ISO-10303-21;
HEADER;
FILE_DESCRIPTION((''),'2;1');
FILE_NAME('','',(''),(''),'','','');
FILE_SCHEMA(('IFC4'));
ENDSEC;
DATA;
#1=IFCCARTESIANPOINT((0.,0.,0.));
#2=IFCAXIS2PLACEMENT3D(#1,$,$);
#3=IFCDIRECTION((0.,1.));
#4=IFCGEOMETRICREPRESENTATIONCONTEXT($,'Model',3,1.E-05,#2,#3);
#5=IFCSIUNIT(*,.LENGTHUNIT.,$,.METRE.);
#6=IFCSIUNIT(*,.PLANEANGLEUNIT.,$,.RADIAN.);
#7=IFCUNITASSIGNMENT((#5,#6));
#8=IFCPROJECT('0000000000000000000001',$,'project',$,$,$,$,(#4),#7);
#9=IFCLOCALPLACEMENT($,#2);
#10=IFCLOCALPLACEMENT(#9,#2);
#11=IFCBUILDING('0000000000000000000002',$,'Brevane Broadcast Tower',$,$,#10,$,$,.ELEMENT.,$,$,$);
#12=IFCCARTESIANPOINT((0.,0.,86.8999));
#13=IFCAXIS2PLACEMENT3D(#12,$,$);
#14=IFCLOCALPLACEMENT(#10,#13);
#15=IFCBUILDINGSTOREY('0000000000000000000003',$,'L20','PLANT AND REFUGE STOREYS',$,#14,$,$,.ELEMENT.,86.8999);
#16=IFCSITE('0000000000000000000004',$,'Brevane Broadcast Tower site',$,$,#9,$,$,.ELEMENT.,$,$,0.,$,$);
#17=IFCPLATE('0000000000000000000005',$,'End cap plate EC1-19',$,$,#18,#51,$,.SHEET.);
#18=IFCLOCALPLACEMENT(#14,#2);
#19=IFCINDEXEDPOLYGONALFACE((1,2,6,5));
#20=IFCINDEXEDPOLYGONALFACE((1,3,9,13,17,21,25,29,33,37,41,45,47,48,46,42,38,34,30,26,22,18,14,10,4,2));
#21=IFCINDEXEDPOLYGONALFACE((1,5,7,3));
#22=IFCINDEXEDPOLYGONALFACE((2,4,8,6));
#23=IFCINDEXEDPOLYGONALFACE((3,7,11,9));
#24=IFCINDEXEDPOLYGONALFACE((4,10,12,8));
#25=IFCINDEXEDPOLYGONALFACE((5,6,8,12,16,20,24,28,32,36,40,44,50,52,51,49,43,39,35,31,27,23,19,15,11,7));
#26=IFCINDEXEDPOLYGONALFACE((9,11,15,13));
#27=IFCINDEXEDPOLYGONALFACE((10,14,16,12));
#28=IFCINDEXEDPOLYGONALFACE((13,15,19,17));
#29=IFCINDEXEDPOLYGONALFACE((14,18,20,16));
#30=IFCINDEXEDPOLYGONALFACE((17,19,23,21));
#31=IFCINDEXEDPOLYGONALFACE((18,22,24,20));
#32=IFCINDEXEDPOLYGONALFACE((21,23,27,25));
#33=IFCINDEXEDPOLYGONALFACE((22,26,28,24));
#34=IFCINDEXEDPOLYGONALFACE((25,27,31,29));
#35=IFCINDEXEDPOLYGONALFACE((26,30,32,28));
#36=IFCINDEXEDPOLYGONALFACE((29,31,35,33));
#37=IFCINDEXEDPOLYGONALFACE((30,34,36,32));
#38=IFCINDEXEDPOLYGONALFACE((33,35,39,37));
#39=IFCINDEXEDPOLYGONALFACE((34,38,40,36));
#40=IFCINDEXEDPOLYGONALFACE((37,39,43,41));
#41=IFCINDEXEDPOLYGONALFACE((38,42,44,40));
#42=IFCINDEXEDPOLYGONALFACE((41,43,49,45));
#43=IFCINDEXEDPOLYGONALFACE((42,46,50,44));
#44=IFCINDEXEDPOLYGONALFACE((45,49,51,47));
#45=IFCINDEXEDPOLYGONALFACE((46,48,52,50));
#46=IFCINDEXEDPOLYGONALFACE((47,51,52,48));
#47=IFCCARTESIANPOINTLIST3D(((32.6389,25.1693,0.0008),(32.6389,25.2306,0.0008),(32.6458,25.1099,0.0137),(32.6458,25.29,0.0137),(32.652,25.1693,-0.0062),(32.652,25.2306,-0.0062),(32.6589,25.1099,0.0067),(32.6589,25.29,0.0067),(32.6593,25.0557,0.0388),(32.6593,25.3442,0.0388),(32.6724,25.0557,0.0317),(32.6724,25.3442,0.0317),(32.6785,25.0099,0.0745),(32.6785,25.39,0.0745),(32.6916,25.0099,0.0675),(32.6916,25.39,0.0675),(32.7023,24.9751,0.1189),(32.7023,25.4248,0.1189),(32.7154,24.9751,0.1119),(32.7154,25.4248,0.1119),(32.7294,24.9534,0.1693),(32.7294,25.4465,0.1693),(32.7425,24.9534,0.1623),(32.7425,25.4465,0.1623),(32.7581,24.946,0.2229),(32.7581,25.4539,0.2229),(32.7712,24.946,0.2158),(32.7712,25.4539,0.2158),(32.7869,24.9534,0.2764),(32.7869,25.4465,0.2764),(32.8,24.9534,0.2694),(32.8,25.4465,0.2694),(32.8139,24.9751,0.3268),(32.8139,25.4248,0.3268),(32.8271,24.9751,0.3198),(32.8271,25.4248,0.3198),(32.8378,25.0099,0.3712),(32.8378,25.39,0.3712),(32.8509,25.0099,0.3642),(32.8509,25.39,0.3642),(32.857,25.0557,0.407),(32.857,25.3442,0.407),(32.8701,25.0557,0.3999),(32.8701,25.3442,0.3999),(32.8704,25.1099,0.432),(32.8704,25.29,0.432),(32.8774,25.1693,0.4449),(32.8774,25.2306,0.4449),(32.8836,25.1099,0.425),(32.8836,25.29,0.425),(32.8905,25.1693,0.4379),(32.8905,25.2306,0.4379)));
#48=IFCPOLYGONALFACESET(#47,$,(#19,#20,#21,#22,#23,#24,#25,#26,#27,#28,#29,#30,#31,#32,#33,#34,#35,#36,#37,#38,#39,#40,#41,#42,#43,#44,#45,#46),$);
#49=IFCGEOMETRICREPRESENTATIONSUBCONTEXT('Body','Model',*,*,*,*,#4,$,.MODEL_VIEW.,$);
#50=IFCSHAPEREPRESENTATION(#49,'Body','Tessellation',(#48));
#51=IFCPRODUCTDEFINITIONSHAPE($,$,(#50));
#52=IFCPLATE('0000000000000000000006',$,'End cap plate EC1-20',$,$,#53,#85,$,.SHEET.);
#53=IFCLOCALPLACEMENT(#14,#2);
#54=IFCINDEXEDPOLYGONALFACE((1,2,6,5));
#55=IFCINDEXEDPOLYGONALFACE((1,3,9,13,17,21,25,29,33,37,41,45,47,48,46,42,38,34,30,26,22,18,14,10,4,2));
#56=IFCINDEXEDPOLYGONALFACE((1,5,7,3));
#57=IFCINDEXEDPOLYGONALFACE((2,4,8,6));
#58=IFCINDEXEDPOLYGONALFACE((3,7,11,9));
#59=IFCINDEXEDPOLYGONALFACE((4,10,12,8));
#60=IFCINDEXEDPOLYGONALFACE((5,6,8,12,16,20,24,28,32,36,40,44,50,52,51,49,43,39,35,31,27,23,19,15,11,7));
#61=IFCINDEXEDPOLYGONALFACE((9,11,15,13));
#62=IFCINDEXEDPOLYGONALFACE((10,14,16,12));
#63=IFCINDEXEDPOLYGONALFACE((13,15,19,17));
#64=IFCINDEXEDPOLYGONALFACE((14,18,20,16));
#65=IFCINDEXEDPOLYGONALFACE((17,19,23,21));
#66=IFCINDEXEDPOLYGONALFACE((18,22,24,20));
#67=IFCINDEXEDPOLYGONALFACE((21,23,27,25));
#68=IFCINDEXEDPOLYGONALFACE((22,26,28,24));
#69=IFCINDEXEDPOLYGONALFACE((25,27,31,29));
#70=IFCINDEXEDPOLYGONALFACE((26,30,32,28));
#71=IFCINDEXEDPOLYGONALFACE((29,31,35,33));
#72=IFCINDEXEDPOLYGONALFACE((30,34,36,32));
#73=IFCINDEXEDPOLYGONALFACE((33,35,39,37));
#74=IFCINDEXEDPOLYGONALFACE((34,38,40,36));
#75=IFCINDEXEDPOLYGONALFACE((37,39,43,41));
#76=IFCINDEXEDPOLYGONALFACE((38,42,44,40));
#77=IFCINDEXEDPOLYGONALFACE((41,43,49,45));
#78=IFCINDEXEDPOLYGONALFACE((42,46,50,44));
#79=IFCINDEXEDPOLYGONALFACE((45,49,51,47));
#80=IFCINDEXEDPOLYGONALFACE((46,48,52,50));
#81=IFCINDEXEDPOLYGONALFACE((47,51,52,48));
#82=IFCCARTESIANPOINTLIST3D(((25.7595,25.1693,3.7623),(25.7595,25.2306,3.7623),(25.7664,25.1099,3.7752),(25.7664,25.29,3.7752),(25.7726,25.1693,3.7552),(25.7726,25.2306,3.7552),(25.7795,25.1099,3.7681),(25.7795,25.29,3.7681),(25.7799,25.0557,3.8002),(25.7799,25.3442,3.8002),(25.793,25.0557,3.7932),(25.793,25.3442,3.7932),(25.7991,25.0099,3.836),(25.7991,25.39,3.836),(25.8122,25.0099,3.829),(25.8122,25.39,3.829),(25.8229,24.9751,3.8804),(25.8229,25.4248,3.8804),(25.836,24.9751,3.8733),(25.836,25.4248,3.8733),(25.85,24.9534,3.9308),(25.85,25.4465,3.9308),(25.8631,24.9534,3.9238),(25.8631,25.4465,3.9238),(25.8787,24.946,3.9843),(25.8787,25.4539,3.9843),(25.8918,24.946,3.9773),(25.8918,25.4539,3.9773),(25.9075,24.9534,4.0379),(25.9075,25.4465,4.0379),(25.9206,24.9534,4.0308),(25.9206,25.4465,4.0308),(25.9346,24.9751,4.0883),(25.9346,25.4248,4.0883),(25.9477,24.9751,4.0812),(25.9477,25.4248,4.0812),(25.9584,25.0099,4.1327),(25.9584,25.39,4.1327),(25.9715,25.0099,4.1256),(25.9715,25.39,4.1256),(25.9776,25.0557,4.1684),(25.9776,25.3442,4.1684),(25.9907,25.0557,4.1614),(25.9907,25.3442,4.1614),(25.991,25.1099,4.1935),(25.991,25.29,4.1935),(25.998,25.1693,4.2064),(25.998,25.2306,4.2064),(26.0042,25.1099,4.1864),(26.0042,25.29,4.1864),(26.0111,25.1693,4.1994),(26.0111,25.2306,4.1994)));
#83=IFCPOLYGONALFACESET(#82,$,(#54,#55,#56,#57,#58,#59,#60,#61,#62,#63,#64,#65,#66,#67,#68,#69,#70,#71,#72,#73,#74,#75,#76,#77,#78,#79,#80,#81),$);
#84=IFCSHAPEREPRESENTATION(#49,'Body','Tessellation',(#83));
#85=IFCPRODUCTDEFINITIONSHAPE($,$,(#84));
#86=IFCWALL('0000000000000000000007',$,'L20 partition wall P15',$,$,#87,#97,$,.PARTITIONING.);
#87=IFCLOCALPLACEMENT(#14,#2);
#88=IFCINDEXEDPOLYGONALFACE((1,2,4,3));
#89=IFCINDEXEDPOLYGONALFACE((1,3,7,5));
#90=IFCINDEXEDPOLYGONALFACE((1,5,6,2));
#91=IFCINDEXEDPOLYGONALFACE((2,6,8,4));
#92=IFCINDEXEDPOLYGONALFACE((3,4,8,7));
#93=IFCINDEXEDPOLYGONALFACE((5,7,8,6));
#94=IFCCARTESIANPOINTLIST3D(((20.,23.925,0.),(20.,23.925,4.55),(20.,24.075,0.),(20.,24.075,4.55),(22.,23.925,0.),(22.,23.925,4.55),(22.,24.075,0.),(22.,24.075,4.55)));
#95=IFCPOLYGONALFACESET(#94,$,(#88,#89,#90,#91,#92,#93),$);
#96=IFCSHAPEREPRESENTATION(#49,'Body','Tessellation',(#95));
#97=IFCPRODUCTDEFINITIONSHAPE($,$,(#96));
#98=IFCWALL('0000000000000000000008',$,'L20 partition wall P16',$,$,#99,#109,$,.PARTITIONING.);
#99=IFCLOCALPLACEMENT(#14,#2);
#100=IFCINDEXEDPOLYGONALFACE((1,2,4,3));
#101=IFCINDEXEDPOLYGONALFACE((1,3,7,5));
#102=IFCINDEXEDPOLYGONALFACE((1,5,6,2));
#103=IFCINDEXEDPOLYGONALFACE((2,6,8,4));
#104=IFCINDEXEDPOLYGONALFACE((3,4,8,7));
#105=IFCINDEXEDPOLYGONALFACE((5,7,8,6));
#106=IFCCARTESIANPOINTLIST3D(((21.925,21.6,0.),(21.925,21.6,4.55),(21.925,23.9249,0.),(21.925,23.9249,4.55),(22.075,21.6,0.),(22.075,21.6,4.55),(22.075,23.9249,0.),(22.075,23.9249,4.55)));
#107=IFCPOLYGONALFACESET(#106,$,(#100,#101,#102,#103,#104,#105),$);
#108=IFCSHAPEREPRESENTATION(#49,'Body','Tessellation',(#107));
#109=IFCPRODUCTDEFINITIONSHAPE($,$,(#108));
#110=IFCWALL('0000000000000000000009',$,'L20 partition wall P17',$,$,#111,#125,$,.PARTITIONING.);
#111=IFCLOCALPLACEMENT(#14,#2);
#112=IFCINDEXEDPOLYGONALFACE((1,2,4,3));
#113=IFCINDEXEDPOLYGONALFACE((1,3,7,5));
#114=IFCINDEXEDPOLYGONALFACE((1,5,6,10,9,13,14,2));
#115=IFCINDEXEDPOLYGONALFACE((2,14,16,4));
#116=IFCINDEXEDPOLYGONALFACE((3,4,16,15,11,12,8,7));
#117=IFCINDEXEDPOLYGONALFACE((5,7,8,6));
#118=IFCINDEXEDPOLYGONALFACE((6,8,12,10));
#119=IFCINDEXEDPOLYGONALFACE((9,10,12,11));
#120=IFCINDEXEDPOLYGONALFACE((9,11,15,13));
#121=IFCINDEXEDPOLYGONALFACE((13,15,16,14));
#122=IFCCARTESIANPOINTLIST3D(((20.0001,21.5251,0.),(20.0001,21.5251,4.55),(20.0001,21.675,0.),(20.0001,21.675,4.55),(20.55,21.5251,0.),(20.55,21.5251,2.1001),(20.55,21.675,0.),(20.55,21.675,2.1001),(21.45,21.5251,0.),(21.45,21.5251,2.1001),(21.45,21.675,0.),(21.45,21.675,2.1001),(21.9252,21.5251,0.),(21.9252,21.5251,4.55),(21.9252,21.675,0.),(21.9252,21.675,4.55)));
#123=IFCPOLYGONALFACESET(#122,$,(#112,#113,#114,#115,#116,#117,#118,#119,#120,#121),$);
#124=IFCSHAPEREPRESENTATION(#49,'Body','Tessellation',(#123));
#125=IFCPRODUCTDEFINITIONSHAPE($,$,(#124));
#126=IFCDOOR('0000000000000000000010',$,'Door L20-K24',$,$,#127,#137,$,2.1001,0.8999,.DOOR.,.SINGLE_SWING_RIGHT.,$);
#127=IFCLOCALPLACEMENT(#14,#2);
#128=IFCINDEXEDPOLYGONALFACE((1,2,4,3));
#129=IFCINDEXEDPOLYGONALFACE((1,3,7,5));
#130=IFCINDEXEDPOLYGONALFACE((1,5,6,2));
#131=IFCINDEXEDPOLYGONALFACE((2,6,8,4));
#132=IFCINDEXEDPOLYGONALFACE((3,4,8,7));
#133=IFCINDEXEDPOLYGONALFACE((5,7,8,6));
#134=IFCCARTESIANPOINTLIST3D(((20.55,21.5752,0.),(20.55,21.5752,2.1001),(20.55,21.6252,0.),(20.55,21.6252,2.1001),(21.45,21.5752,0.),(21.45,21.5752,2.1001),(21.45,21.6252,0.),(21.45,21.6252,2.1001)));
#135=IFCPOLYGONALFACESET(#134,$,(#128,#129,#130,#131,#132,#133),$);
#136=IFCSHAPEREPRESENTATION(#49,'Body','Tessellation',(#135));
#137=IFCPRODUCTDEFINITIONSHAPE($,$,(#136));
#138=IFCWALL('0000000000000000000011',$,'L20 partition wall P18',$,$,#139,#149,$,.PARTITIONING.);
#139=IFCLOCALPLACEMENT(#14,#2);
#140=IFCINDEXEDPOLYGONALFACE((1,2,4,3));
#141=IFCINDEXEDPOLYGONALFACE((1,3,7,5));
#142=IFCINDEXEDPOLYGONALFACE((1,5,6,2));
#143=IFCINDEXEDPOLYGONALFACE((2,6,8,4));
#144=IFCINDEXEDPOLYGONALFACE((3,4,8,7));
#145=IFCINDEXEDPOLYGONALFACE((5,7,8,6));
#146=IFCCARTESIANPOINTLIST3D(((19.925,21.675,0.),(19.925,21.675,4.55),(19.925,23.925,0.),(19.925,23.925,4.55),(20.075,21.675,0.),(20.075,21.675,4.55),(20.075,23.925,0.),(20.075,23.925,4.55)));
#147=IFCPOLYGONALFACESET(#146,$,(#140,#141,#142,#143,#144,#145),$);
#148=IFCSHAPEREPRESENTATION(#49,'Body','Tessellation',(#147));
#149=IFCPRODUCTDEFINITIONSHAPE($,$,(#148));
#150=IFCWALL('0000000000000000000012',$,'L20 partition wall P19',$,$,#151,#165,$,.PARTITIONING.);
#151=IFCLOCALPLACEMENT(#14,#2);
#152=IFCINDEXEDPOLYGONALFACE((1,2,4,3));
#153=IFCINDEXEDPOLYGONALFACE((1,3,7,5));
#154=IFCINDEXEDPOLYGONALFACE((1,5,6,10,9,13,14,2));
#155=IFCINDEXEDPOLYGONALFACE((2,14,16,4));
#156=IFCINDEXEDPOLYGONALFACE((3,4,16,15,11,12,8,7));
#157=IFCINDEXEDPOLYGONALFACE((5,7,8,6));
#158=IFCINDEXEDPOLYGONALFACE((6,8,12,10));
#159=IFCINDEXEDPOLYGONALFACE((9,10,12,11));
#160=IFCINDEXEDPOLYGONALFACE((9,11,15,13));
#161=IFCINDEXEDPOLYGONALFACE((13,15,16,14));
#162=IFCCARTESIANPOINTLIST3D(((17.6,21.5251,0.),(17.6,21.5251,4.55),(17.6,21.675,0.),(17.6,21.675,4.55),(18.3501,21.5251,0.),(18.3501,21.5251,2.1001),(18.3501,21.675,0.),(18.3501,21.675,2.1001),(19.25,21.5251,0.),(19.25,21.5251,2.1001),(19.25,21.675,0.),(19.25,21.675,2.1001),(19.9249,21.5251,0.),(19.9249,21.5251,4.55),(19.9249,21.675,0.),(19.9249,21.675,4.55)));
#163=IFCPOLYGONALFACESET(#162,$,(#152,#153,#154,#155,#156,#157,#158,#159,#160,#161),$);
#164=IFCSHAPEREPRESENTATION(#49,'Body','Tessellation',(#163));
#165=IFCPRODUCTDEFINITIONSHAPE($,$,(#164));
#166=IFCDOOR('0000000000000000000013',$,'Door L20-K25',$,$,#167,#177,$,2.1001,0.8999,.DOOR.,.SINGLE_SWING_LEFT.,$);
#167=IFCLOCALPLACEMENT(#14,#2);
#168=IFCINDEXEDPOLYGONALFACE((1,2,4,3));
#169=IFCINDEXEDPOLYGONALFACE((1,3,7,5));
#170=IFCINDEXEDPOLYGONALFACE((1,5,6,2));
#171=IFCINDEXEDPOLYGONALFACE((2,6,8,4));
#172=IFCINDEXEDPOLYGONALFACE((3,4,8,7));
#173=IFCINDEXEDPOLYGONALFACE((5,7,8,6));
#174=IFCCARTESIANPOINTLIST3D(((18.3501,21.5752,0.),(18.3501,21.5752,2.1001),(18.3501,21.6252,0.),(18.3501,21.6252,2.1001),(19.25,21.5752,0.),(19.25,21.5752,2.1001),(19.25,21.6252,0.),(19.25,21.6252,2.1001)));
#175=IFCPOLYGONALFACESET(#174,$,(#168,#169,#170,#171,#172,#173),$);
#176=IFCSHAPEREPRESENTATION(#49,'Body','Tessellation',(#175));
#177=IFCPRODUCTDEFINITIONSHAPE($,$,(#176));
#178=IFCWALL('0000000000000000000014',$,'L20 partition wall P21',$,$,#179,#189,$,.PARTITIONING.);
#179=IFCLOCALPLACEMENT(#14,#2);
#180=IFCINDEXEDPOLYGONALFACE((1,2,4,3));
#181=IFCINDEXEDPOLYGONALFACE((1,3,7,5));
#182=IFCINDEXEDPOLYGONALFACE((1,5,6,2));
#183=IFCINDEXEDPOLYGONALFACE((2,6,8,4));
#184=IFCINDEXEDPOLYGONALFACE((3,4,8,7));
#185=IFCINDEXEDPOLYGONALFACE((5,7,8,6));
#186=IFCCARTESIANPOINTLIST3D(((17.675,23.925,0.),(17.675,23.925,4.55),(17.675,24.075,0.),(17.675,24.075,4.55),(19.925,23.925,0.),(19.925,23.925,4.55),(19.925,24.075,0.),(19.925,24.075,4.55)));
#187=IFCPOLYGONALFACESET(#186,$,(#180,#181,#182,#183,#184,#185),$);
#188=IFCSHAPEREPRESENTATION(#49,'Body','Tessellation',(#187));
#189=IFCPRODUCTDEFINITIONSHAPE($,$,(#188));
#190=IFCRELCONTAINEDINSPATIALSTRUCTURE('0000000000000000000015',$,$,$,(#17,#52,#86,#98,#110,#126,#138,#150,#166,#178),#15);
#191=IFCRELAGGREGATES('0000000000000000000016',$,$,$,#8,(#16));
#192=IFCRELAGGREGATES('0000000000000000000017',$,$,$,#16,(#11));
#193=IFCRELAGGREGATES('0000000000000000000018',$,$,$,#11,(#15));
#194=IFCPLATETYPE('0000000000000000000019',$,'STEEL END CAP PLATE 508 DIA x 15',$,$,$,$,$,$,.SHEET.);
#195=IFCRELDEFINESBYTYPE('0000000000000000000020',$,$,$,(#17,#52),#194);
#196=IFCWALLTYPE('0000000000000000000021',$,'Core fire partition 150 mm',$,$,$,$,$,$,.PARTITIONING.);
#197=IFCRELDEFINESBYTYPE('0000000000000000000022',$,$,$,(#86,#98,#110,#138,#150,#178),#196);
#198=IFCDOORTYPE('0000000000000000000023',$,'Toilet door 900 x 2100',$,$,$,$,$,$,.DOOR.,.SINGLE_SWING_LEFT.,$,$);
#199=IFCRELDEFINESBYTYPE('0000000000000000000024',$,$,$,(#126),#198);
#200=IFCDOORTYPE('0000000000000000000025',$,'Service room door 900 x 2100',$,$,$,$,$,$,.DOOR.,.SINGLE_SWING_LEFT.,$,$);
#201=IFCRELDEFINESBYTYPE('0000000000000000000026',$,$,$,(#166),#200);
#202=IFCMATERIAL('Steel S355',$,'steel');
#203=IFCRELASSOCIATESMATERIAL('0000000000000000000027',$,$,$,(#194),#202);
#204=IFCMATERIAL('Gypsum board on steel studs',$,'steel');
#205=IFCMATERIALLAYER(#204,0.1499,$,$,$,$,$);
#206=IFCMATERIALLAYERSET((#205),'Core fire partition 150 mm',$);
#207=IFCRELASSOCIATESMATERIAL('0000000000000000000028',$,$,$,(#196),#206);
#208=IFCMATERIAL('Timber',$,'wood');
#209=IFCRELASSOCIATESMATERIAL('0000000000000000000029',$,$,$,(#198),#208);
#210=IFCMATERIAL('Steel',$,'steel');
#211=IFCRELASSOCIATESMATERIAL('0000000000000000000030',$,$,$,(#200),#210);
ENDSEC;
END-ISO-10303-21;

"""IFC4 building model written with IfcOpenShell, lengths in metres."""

from ifc_helpers import new_model, si_unit, direction, frame, frame_2d, origin, origin_2d, place, context, subcontext, project, spatial, rectangle, circle, extrude, material, layer, layer_set, material_profile, profile_set, type_object, element, fill, save


model = new_model("IFC4")

# Units and contexts
model_context = context("Model", 3, precision=1e-05, world=origin(), true_north=direction((0.0, 1.0)))
body_context = subcontext(model_context, "Body", "Model", "MODEL_VIEW")
ifc_project = project(units=[si_unit("LENGTHUNIT", "METRE"), si_unit("PLANEANGLEUNIT", "RADIAN")], contexts=[model_context])

# Site, building, storey
site_placement = place(None, origin())
site = spatial("IfcSite", under=ifc_project, at=site_placement, Name="Brevane Broadcast Tower site", CompositionType="ELEMENT", RefElevation=0.0)
building_placement = place(site_placement, origin())
building = spatial("IfcBuilding", under=site, at=building_placement, Name="Brevane Broadcast Tower", CompositionType="ELEMENT")
storey_placement = place(building_placement, frame((0.0, 0.0, 86.8999)))
storey = spatial("IfcBuildingStorey", under=building, at=storey_placement, Name="L20", Description="PLANT AND REFUGE STOREYS", CompositionType="ELEMENT", Elevation=86.8999)

# Shared definitions
ifc_material_1 = material(Name="Steel S355", Category="steel")

# Plates
ifc_material_profile_1 = material_profile(ifc_material_1, circle(Radius=0.2539, at=origin_2d()), Name="PL 508 DIA x 15")
ifc_profile_set_1 = profile_set([ifc_material_profile_1], Name="Steel S355")
plate_type = type_object("IfcPlateType", Name="STEEL END CAP PLATE 508 DIA x 15", PredefinedType="SHEET", material=ifc_profile_set_1)
for number, where, z_axis, x_axis, name in (
    (1, (32.7712, 25.2, 0.2158), (-0.880994, 0.0, 0.473127), (0.0, -1.0, 0.0), "End cap plate EC1-19"),
    (2, (25.8918, 25.2, 3.9773), (-0.880994, 0.0, 0.473127), (0.0, -1.0, 0.0), "End cap plate EC1-20"),
):
    element("IfcPlate", number, at=place(storey_placement, frame(where, z_axis=z_axis, x_axis=x_axis)), inside=storey, type_object=plate_type, Name=name, PredefinedType="SHEET", context=body_context, shape_type="SweptSolid", body=[
        extrude(circle(Radius=0.2539, at=origin_2d()), origin(), (0.0, 0.0, 1.0), 0.0149),
    ])

# Walls
ifc_material_2 = material(Name="Gypsum board on steel studs", Category="steel")
ifc_layer_1 = layer(ifc_material_2, 0.1499)
ifc_layer_set_1 = layer_set([ifc_layer_1], Name="Core fire partition 150 mm")
wall_type_1 = type_object("IfcWallType", Name="Core fire partition 150 mm", PredefinedType="PARTITIONING", material=ifc_layer_set_1)
wall_1_placement = place(storey_placement, frame((20.0, 24.0, 0.0), z_axis=(0.0, 0.0, 1.0), x_axis=(1.0, 0.0, 0.0)))
element("IfcWall", 3, at=wall_1_placement, inside=storey, type_object=wall_type_1, Name="L20 partition wall P15", PredefinedType="PARTITIONING", context=body_context, shape_type="SweptSolid", body=[
    extrude(rectangle(XDim=2.0, YDim=0.1499, at=frame_2d((1.0, 0.0))), origin(), (0.0, 0.0, 1.0), 4.55),
])
wall_2_placement = place(storey_placement, frame((22.0, 23.925, 0.0), z_axis=(0.0, 0.0, 1.0), x_axis=(0.0, -1.0, 0.0)))
element("IfcWall", 4, at=wall_2_placement, inside=storey, type_object=wall_type_1, Name="L20 partition wall P16", PredefinedType="PARTITIONING", context=body_context, shape_type="SweptSolid", body=[
    extrude(rectangle(XDim=2.325, YDim=0.1499, at=frame_2d((1.1626, 0.0))), origin(), (0.0, 0.0, 1.0), 4.55),
])

# Wall, opening, door
wall_3_placement = place(storey_placement, frame((21.925, 21.6001, 0.0), z_axis=(0.0, 0.0, 1.0), x_axis=(-1.0, 0.0, 0.0)))
wall_3 = element("IfcWall", 5, at=wall_3_placement, inside=storey, type_object=wall_type_1, Name="L20 partition wall P17", PredefinedType="PARTITIONING", context=body_context, shape_type="SweptSolid", body=[
    extrude(rectangle(XDim=1.925, YDim=0.1499, at=frame_2d((0.9624, 0.0))), origin(), (0.0, 0.0, 1.0), 4.55),
])
opening_1_placement = place(wall_3_placement, frame((0.4751, 0.0, 0.0)))
opening_1 = element("IfcOpeningElement", 6, at=opening_1_placement, cuts=wall_3, PredefinedType="OPENING", context=body_context, shape_type="SweptSolid", body=[
    extrude(rectangle(XDim=0.8999, YDim=2.1001, at=frame_2d((0.45, 1.05))), frame((0.0, 0.085, 0.0), z_axis=(0.0, -1.0, 0.0), x_axis=(1.0, 0.0, 0.0)), (0.0, 0.0, 1.0), 0.1699),
])
ifc_material_3 = material(Name="Timber", Category="wood")
door_type_1 = type_object("IfcDoorType", Name="Toilet door 900 x 2100", OperationType="SINGLE_SWING_LEFT", PredefinedType="DOOR", material=ifc_material_3)
door_1_placement = place(opening_1_placement, origin())
door_1 = element("IfcDoor", 7, at=door_1_placement, inside=storey, type_object=door_type_1, Name="Door L20-K24", OperationType="SINGLE_SWING_RIGHT", OverallHeight=2.1001, OverallWidth=0.8999, PredefinedType="DOOR", context=body_context, shape_type="SweptSolid", body=[
    extrude(rectangle(XDim=0.8999, YDim=2.1001, at=frame_2d((0.45, 1.05))), frame((0.0, 0.0249, 0.0), z_axis=(0.0, -1.0, 0.0), x_axis=(1.0, 0.0, 0.0)), (0.0, 0.0, 1.0), 0.05),
])
fill(opening_1, door_1)

# Wall
wall_4_placement = place(storey_placement, frame((20.0, 21.675, 0.0), z_axis=(0.0, 0.0, 1.0), x_axis=(0.0, 1.0, 0.0)))
element("IfcWall", 8, at=wall_4_placement, inside=storey, type_object=wall_type_1, Name="L20 partition wall P18", PredefinedType="PARTITIONING", context=body_context, shape_type="SweptSolid", body=[
    extrude(rectangle(XDim=2.25, YDim=0.1499, at=frame_2d((1.125, 0.0))), origin(), (0.0, 0.0, 1.0), 4.55),
])

# Wall, opening, door
wall_5_placement = place(storey_placement, frame((19.925, 21.6001, 0.0), z_axis=(0.0, 0.0, 1.0), x_axis=(-1.0, 0.0, 0.0)))
wall_5 = element("IfcWall", 9, at=wall_5_placement, inside=storey, type_object=wall_type_1, Name="L20 partition wall P19", PredefinedType="PARTITIONING", context=body_context, shape_type="SweptSolid", body=[
    extrude(rectangle(XDim=2.325, YDim=0.1499, at=frame_2d((1.1626, 0.0))), origin(), (0.0, 0.0, 1.0), 4.55),
])
opening_2_placement = place(wall_5_placement, frame((0.675, 0.0, 0.0)))
opening_2 = element("IfcOpeningElement", 10, at=opening_2_placement, cuts=wall_5, PredefinedType="OPENING", context=body_context, shape_type="SweptSolid", body=[
    extrude(rectangle(XDim=0.8999, YDim=2.1001, at=frame_2d((0.45, 1.05))), frame((0.0, 0.085, 0.0), z_axis=(0.0, -1.0, 0.0), x_axis=(1.0, 0.0, 0.0)), (0.0, 0.0, 1.0), 0.1699),
])
ifc_material_4 = material(Name="Steel", Category="steel")
door_type_2 = type_object("IfcDoorType", Name="Service room door 900 x 2100", OperationType="SINGLE_SWING_LEFT", PredefinedType="DOOR", material=ifc_material_4)
door_2_placement = place(opening_2_placement, origin())
door_2 = element("IfcDoor", 11, at=door_2_placement, inside=storey, type_object=door_type_2, Name="Door L20-K25", OperationType="SINGLE_SWING_LEFT", OverallHeight=2.1001, OverallWidth=0.8999, PredefinedType="DOOR", context=body_context, shape_type="SweptSolid", body=[
    extrude(rectangle(XDim=0.8999, YDim=2.1001, at=frame_2d((0.45, 1.05))), frame((0.0, 0.0249, 0.0), z_axis=(0.0, -1.0, 0.0), x_axis=(1.0, 0.0, 0.0)), (0.0, 0.0, 1.0), 0.05),
])
fill(opening_2, door_2)

# Wall
wall_6_placement = place(storey_placement, frame((17.675, 24.0, 0.0), z_axis=(0.0, 0.0, 1.0), x_axis=(1.0, 0.0, 0.0)))
element("IfcWall", 12, at=wall_6_placement, inside=storey, type_object=wall_type_1, Name="L20 partition wall P21", PredefinedType="PARTITIONING", context=body_context, shape_type="SweptSolid", body=[
    extrude(rectangle(XDim=2.25, YDim=0.1499, at=frame_2d((1.125, 0.0))), origin(), (0.0, 0.0, 1.0), 4.55),
])

save(model, "model.ifc")
